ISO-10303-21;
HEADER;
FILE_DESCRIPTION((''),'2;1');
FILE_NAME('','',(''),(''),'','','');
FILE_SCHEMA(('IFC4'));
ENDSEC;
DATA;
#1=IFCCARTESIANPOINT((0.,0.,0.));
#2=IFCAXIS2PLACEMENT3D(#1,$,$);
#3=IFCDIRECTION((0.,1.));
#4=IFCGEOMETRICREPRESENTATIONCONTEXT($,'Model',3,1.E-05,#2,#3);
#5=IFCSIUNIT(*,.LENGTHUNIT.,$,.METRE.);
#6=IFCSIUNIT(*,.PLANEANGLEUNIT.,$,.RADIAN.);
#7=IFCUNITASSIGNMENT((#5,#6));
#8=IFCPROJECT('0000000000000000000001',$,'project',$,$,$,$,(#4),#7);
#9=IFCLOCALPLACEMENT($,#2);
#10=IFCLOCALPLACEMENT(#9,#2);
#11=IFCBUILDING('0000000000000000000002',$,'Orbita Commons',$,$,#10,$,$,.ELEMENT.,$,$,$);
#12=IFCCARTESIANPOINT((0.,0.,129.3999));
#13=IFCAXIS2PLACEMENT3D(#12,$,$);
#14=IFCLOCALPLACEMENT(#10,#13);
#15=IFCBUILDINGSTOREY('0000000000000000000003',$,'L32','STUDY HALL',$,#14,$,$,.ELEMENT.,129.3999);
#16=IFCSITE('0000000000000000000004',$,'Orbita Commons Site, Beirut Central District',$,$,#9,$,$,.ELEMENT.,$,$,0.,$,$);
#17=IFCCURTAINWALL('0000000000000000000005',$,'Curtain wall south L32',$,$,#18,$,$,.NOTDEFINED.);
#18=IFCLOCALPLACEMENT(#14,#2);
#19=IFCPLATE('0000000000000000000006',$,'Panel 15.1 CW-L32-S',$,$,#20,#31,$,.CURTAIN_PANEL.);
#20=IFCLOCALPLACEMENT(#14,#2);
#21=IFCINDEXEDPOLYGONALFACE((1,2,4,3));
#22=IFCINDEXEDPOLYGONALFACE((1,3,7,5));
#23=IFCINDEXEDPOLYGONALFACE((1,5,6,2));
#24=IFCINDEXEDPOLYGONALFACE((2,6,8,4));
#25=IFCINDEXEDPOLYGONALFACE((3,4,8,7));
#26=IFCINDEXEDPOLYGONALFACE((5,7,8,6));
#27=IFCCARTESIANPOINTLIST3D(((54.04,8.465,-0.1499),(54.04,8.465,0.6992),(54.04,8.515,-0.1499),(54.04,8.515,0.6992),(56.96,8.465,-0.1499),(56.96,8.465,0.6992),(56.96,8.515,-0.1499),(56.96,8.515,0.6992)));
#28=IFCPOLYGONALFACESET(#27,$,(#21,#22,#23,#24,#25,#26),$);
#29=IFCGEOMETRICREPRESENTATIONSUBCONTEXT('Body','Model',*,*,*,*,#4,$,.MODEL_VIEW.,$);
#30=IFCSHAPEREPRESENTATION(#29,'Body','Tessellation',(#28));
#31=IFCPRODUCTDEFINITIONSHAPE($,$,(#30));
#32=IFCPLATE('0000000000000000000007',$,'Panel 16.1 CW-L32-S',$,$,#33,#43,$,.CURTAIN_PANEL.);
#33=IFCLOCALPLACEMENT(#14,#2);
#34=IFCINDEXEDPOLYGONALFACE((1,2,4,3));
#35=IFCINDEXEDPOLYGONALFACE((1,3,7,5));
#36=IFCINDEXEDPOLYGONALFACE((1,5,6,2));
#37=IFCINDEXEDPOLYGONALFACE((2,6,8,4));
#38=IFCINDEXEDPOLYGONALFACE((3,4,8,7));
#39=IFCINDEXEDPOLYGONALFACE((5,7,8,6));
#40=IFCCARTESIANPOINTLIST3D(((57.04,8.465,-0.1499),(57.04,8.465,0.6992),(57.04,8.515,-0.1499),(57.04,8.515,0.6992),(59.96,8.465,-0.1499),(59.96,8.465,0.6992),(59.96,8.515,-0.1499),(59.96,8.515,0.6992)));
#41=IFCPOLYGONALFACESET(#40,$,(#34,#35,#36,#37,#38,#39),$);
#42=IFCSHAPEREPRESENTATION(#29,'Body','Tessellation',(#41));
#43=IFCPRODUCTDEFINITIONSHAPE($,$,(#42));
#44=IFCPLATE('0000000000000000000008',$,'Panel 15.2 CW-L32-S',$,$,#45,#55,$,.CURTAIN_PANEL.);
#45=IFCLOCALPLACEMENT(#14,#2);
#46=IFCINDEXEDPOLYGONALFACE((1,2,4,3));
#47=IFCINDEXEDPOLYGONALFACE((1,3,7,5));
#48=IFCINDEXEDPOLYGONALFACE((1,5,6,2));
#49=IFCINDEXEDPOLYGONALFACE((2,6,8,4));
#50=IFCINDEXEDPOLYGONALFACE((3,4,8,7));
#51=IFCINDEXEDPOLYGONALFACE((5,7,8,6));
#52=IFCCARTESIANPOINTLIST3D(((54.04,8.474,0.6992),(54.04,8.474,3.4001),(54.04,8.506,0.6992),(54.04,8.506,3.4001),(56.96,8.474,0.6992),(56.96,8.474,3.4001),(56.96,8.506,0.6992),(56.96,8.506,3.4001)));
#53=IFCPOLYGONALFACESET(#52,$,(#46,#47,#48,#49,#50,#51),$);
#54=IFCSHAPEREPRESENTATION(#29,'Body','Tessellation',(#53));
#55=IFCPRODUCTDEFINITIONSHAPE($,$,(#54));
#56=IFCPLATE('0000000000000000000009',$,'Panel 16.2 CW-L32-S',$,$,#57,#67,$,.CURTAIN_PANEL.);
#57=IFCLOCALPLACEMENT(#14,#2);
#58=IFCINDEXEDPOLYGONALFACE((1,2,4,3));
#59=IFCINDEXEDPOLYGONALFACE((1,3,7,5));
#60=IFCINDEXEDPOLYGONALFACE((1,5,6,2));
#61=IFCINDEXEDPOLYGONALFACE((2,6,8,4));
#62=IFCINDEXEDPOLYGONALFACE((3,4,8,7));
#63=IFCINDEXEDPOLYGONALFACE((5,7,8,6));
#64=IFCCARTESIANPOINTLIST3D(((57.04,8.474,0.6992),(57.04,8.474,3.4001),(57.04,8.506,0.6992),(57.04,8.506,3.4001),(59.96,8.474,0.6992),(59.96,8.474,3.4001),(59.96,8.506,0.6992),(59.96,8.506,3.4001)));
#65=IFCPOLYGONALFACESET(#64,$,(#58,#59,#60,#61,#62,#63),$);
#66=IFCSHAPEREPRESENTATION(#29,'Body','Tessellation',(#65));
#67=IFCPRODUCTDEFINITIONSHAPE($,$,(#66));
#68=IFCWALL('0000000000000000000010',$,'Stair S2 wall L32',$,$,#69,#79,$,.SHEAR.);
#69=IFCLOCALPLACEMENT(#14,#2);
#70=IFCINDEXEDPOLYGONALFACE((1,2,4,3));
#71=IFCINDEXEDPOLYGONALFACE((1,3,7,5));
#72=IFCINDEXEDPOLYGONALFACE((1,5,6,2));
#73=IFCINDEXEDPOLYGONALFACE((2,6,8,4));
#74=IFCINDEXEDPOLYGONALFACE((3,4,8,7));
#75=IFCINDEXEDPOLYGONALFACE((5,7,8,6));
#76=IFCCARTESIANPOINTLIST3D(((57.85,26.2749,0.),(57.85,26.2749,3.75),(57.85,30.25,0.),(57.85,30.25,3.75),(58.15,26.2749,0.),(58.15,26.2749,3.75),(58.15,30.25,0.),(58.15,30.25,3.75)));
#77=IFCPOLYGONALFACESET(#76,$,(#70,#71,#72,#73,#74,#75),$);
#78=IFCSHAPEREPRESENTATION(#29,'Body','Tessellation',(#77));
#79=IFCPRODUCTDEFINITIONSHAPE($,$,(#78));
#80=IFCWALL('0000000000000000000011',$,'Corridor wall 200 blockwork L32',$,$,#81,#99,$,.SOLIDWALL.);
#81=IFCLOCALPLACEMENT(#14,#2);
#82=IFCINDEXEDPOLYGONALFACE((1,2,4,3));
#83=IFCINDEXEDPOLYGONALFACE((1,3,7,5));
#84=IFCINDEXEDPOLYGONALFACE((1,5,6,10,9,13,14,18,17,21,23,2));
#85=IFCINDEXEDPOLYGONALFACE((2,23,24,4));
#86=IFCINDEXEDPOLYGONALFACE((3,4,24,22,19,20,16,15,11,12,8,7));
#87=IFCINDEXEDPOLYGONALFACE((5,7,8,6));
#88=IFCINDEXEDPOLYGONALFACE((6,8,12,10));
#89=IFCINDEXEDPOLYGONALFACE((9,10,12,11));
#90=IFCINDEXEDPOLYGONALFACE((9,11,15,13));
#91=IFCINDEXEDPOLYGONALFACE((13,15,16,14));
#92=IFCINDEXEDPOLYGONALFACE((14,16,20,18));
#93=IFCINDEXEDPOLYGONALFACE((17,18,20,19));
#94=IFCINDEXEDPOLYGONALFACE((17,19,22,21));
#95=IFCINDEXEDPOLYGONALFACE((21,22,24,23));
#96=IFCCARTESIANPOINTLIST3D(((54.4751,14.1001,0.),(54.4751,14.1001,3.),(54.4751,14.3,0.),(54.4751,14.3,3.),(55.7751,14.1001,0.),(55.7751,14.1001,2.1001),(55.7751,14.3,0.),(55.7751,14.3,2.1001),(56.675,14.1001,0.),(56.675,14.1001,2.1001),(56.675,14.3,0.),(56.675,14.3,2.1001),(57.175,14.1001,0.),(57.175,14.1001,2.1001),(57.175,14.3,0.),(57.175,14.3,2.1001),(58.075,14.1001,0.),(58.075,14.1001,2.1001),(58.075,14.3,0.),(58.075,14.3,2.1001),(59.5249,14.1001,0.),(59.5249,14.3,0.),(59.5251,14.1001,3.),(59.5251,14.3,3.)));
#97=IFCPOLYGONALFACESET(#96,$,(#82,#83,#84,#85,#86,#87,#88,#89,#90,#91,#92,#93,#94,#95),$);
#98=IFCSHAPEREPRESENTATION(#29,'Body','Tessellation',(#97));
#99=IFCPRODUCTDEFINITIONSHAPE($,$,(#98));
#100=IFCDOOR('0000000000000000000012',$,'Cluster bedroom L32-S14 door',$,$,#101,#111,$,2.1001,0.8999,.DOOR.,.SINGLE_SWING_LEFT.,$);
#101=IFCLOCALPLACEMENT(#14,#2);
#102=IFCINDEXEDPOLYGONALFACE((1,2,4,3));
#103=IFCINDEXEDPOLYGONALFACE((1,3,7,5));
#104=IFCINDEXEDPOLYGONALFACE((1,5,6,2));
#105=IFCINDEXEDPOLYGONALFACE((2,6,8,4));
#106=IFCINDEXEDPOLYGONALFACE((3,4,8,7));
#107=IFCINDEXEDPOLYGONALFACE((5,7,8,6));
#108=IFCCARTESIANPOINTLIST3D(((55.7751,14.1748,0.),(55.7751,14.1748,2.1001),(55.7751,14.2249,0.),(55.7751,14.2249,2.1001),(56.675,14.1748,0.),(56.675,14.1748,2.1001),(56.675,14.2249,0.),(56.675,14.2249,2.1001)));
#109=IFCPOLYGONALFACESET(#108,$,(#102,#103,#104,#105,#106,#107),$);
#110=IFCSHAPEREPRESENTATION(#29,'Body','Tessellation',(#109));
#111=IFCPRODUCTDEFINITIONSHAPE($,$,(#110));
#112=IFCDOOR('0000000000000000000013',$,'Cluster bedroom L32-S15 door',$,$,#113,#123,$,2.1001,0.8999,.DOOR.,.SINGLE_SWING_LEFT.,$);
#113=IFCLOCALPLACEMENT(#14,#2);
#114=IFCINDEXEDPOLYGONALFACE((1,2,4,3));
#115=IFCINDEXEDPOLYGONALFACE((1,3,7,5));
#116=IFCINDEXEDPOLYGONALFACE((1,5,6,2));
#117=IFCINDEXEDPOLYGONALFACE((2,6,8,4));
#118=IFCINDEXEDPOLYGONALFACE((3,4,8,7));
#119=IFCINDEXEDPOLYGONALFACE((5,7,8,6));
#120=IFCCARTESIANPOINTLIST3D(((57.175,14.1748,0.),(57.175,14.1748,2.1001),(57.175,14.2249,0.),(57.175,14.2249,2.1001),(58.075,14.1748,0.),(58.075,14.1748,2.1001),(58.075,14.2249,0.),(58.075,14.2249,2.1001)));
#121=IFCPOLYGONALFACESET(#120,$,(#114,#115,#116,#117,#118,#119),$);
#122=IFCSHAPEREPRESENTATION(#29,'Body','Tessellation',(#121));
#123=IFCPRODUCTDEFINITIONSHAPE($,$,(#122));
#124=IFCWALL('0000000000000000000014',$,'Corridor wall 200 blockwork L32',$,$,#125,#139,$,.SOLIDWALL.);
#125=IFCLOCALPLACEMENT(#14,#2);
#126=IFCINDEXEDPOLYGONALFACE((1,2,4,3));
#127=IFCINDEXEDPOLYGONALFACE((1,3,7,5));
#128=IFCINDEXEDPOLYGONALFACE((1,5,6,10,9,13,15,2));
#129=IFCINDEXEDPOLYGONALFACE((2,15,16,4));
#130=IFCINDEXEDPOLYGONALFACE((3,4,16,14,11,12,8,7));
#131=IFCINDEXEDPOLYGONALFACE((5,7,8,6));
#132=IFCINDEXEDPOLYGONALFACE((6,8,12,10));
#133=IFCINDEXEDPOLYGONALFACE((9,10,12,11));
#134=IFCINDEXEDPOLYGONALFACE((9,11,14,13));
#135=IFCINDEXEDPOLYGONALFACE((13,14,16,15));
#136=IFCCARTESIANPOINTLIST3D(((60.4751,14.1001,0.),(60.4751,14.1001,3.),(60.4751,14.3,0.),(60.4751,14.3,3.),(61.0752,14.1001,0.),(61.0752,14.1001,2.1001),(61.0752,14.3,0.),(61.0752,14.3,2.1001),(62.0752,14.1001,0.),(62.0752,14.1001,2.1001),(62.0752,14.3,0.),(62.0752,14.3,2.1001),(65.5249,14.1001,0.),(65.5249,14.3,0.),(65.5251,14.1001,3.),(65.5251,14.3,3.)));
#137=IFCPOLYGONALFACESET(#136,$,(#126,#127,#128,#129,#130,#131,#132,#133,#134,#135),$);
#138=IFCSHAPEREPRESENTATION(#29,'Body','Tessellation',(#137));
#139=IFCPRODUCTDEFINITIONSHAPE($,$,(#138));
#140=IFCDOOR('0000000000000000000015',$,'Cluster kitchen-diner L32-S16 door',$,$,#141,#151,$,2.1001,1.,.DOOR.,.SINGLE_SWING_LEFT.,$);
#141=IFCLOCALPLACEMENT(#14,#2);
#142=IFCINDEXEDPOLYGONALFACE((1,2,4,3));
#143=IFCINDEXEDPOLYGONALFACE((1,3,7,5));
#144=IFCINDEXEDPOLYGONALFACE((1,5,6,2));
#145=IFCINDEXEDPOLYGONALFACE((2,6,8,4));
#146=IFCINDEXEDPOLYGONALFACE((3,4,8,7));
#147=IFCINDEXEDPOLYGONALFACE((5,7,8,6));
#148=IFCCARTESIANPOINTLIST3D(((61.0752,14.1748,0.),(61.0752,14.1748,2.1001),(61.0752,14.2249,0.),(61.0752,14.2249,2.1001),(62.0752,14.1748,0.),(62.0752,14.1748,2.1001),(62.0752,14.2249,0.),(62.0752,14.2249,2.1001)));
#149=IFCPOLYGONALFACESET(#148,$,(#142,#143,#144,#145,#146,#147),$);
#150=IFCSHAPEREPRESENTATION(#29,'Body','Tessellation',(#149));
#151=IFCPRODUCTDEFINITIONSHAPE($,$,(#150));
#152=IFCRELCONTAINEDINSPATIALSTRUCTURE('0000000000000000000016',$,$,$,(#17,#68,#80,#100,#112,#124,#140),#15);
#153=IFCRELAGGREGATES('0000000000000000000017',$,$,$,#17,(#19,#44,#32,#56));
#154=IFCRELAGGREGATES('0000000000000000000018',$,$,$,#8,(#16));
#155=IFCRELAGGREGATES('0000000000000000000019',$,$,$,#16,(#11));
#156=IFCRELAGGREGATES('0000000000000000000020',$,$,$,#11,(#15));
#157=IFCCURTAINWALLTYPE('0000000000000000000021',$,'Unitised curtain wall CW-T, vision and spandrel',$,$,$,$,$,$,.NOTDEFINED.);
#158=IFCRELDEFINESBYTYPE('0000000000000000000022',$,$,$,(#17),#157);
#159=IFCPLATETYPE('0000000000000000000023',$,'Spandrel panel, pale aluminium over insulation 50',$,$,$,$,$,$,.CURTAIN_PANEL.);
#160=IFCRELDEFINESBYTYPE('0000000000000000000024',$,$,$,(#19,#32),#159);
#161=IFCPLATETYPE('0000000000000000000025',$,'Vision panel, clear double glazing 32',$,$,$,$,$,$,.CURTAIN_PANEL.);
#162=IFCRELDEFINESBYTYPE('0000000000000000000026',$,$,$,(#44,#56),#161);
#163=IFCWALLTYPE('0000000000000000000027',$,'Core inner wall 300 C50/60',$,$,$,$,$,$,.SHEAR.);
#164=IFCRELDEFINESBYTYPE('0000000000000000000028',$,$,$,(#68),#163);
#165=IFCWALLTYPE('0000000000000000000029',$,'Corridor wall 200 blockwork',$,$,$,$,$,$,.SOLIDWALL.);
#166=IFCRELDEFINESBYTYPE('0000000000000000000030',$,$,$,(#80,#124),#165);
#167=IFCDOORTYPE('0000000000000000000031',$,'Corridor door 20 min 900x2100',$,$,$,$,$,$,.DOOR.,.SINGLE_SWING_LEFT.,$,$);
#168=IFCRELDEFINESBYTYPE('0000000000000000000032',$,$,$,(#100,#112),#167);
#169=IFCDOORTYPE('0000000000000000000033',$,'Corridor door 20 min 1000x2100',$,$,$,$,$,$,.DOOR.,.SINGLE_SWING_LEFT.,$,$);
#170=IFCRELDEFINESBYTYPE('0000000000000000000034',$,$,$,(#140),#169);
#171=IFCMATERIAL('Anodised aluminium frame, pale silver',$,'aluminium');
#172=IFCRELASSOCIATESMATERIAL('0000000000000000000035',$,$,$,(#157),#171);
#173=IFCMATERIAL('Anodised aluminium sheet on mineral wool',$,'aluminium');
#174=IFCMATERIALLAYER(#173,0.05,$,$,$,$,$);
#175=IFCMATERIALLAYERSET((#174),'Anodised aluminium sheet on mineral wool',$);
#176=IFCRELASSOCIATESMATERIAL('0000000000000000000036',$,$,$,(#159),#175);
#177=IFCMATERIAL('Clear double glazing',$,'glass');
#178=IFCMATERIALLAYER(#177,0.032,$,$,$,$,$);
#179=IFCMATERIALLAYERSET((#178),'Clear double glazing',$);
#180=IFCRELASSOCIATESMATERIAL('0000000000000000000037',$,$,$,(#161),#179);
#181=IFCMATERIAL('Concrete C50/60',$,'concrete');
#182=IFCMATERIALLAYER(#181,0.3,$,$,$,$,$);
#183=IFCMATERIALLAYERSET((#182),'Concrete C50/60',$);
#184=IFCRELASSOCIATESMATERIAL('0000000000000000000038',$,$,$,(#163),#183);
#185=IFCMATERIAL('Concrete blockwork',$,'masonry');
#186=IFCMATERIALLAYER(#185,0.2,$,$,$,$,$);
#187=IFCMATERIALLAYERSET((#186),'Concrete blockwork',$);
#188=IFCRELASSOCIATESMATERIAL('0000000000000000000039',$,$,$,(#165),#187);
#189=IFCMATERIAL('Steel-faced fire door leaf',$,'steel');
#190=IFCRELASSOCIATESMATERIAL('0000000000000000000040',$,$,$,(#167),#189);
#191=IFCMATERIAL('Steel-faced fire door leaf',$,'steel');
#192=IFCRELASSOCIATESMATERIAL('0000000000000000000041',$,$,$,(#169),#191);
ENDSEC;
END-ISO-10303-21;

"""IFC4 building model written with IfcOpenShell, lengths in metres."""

from ifc_helpers import new_model, si_unit, direction, frame, frame_2d, origin, origin_2d, place, context, subcontext, project, spatial, polyline, rectangle, outline, extrude, material, layer, layer_set, type_object, element, fill, aggregate, save


model = new_model("IFC4")

# Units and contexts
model_context = context("Model", 3, precision=1e-05, world=origin(), true_north=direction((0.0, 1.0)))
body_context = subcontext(model_context, "Body", "Model", "MODEL_VIEW")
ifc_project = project(units=[si_unit("LENGTHUNIT", "METRE"), si_unit("PLANEANGLEUNIT", "RADIAN")], contexts=[model_context])

# Site, building, storey
site_placement = place(None, origin())
site = spatial("IfcSite", under=ifc_project, at=site_placement, Name="Orbita Commons Site, Beirut Central District", CompositionType="ELEMENT", RefElevation=0.0)
building_placement = place(site_placement, origin())
building = spatial("IfcBuilding", under=site, at=building_placement, Name="Orbita Commons", CompositionType="ELEMENT")
storey_placement = place(building_placement, frame((0.0, 0.0, 129.3999)))
storey = spatial("IfcBuildingStorey", under=building, at=storey_placement, Name="L32", Description="STUDY HALL", CompositionType="ELEMENT", Elevation=129.3999)

# Curtain wall
ifc_material_1 = material(Name="Anodised aluminium frame, pale silver", Category="aluminium")
curtain_wall_type = type_object("IfcCurtainWallType", Name="Unitised curtain wall CW-T, vision and spandrel", PredefinedType="NOTDEFINED", material=ifc_material_1)
curtain_wall_placement = place(storey_placement, origin())
curtain_wall = element("IfcCurtainWall", 1, at=curtain_wall_placement, inside=storey, type_object=curtain_wall_type, Name="Curtain wall south L32", PredefinedType="NOTDEFINED")

# Plates
ifc_material_2 = material(Name="Anodised aluminium sheet on mineral wool", Category="aluminium")
ifc_layer_1 = layer(ifc_material_2, 0.05)
ifc_layer_set_1 = layer_set([ifc_layer_1], Name="Anodised aluminium sheet on mineral wool")
plate_type_1 = type_object("IfcPlateType", Name="Spandrel panel, pale aluminium over insulation 50", PredefinedType="CURTAIN_PANEL", material=ifc_layer_set_1)
plate_1_placement = place(storey_placement, frame((55.5, 8.49, -0.1499), z_axis=(0.0, 0.0, 1.0), x_axis=(1.0, 0.0, 0.0)))
plate_1 = element("IfcPlate", 2, at=plate_1_placement, type_object=plate_type_1, Name="Panel 15.1 CW-L32-S", PredefinedType="CURTAIN_PANEL", context=body_context, shape_type="SweptSolid", body=[
    extrude(rectangle(XDim=2.9199, YDim=0.05, at=origin_2d()), origin(), (0.0, 0.0, 1.0), 0.8491),
])
plate_2_placement = place(storey_placement, frame((58.5, 8.49, -0.1499), z_axis=(0.0, 0.0, 1.0), x_axis=(1.0, 0.0, 0.0)))
plate_2 = element("IfcPlate", 3, at=plate_2_placement, type_object=plate_type_1, Name="Panel 16.1 CW-L32-S", PredefinedType="CURTAIN_PANEL", context=body_context, shape_type="SweptSolid", body=[
    extrude(rectangle(XDim=2.9199, YDim=0.05, at=origin_2d()), origin(), (0.0, 0.0, 1.0), 0.8491),
])
ifc_material_3 = material(Name="Clear double glazing", Category="glass")
ifc_layer_2 = layer(ifc_material_3, 0.032)
ifc_layer_set_2 = layer_set([ifc_layer_2], Name="Clear double glazing")
plate_type_2 = type_object("IfcPlateType", Name="Vision panel, clear double glazing 32", PredefinedType="CURTAIN_PANEL", material=ifc_layer_set_2)
plate_3_placement = place(storey_placement, frame((55.5, 8.49, 0.6992), z_axis=(0.0, 0.0, 1.0), x_axis=(1.0, 0.0, 0.0)))
plate_3 = element("IfcPlate", 4, at=plate_3_placement, type_object=plate_type_2, Name="Panel 15.2 CW-L32-S", PredefinedType="CURTAIN_PANEL", context=body_context, shape_type="SweptSolid", body=[
    extrude(rectangle(XDim=2.9199, YDim=0.032, at=origin_2d()), origin(), (0.0, 0.0, 1.0), 2.7009),
])
plate_4_placement = place(storey_placement, frame((58.5, 8.49, 0.6992), z_axis=(0.0, 0.0, 1.0), x_axis=(1.0, 0.0, 0.0)))
plate_4 = element("IfcPlate", 5, at=plate_4_placement, type_object=plate_type_2, Name="Panel 16.2 CW-L32-S", PredefinedType="CURTAIN_PANEL", context=body_context, shape_type="SweptSolid", body=[
    extrude(rectangle(XDim=2.9199, YDim=0.032, at=origin_2d()), origin(), (0.0, 0.0, 1.0), 2.7009),
])
aggregate(curtain_wall, [plate_1, plate_3, plate_2, plate_4])

# Wall
ifc_material_4 = material(Name="Concrete C50/60", Category="concrete")
ifc_layer_3 = layer(ifc_material_4, 0.3)
ifc_layer_set_3 = layer_set([ifc_layer_3], Name="Concrete C50/60")
wall_type_1 = type_object("IfcWallType", Name="Core inner wall 300 C50/60", PredefinedType="SHEAR", material=ifc_layer_set_3)
wall_1_placement = place(storey_placement, frame((58.0, 26.2749, 0.0), z_axis=(0.0, 0.0, 1.0), x_axis=(0.0, 1.0, 0.0)))
element("IfcWall", 6, at=wall_1_placement, inside=storey, type_object=wall_type_1, Name="Stair S2 wall L32", PredefinedType="SHEAR", context=body_context, shape_type="SweptSolid", body=[
    extrude(rectangle(XDim=3.9751, YDim=0.3, at=frame_2d((1.9875, 0.0))), origin(), (0.0, 0.0, 1.0), 3.75),
])

# Wall, openings, doors
ifc_material_5 = material(Name="Concrete blockwork", Category="masonry")
ifc_layer_4 = layer(ifc_material_5, 0.2)
ifc_layer_set_4 = layer_set([ifc_layer_4], Name="Concrete blockwork")
wall_type_2 = type_object("IfcWallType", Name="Corridor wall 200 blockwork", PredefinedType="SOLIDWALL", material=ifc_layer_set_4)
wall_2_placement = place(storey_placement, frame((54.4751, 14.2, 0.0), z_axis=(0.0, 0.0, 1.0), x_axis=(1.0, 0.0, 0.0)))
wall_2 = element("IfcWall", 7, at=wall_2_placement, inside=storey, type_object=wall_type_2, Name="Corridor wall 200 blockwork L32", PredefinedType="SOLIDWALL", context=body_context, shape_type="SweptSolid", body=[
    extrude(outline(polyline([(0.0, 0.0), (5.0498, 0.0), (5.05, 3.0), (0.0, 3.0), (0.0, 0.0)])), frame((0.0, 0.1001, 0.0), z_axis=(0.0, -1.0, 0.0), x_axis=(1.0, 0.0, 0.0)), (0.0, 0.0, 1.0), 0.2),
])
opening_1_placement = place(wall_2_placement, frame((1.3, 0.0, 0.0)))
opening_1 = element("IfcOpeningElement", 8, at=opening_1_placement, cuts=wall_2, PredefinedType="OPENING", context=body_context, shape_type="SweptSolid", body=[
    extrude(rectangle(XDim=0.8999, YDim=2.1001, at=frame_2d((0.45, 1.05))), frame((0.0, 0.1099, 0.0), z_axis=(0.0, -1.0, 0.0), x_axis=(1.0, 0.0, 0.0)), (0.0, 0.0, 1.0), 0.22),
])
opening_2_placement = place(wall_2_placement, frame((2.7, 0.0, 0.0)))
opening_2 = element("IfcOpeningElement", 9, at=opening_2_placement, cuts=wall_2, PredefinedType="OPENING", context=body_context, shape_type="SweptSolid", body=[
    extrude(rectangle(XDim=0.8999, YDim=2.1001, at=frame_2d((0.45, 1.05))), frame((0.0, 0.1099, 0.0), z_axis=(0.0, -1.0, 0.0), x_axis=(1.0, 0.0, 0.0)), (0.0, 0.0, 1.0), 0.22),
])
ifc_material_6 = material(Name="Steel-faced fire door leaf", Category="steel")
door_type_1 = type_object("IfcDoorType", Name="Corridor door 20 min 900x2100", OperationType="SINGLE_SWING_LEFT", PredefinedType="DOOR", material=ifc_material_6)
door_1_placement = place(opening_1_placement, origin())
door_1 = element("IfcDoor", 10, at=door_1_placement, inside=storey, type_object=door_type_1, Name="Cluster bedroom L32-S14 door", OperationType="SINGLE_SWING_LEFT", OverallHeight=2.1001, OverallWidth=0.8999, PredefinedType="DOOR", context=body_context, shape_type="SweptSolid", body=[
    extrude(rectangle(XDim=0.8999, YDim=2.1001, at=frame_2d((0.45, 1.05))), frame((0.0, 0.0249, 0.0), z_axis=(0.0, -1.0, 0.0), x_axis=(1.0, 0.0, 0.0)), (0.0, 0.0, 1.0), 0.05),
])
fill(opening_1, door_1)
door_2_placement = place(opening_2_placement, origin())
door_2 = element("IfcDoor", 11, at=door_2_placement, inside=storey, type_object=door_type_1, Name="Cluster bedroom L32-S15 door", OperationType="SINGLE_SWING_LEFT", OverallHeight=2.1001, OverallWidth=0.8999, PredefinedType="DOOR", context=body_context, shape_type="SweptSolid", body=[
    extrude(rectangle(XDim=0.8999, YDim=2.1001, at=frame_2d((0.45, 1.05))), frame((0.0, 0.0249, 0.0), z_axis=(0.0, -1.0, 0.0), x_axis=(1.0, 0.0, 0.0)), (0.0, 0.0, 1.0), 0.05),
])
fill(opening_2, door_2)

# Wall, opening, door
wall_3_placement = place(storey_placement, frame((60.4751, 14.2, 0.0), z_axis=(0.0, 0.0, 1.0), x_axis=(1.0, 0.0, 0.0)))
wall_3 = element("IfcWall", 12, at=wall_3_placement, inside=storey, type_object=wall_type_2, Name="Corridor wall 200 blockwork L32", PredefinedType="SOLIDWALL", context=body_context, shape_type="SweptSolid", body=[
    extrude(outline(polyline([(0.0, 0.0), (5.0498, 0.0), (5.05, 3.0), (0.0, 3.0), (0.0, 0.0)])), frame((0.0, 0.1001, 0.0), z_axis=(0.0, -1.0, 0.0), x_axis=(1.0, 0.0, 0.0)), (0.0, 0.0, 1.0), 0.2),
])
opening_3_placement = place(wall_3_placement, frame((0.6001, 0.0, 0.0)))
opening_3 = element("IfcOpeningElement", 13, at=opening_3_placement, cuts=wall_3, PredefinedType="OPENING", context=body_context, shape_type="SweptSolid", body=[
    extrude(rectangle(XDim=1.0, YDim=2.1001, at=frame_2d((0.5, 1.05))), frame((0.0, 0.1099, 0.0), z_axis=(0.0, -1.0, 0.0), x_axis=(1.0, 0.0, 0.0)), (0.0, 0.0, 1.0), 0.22),
])
ifc_material_7 = material(Name="Steel-faced fire door leaf", Category="steel")
door_type_2 = type_object("IfcDoorType", Name="Corridor door 20 min 1000x2100", OperationType="SINGLE_SWING_LEFT", PredefinedType="DOOR", material=ifc_material_7)
door_3_placement = place(opening_3_placement, origin())
door_3 = element("IfcDoor", 14, at=door_3_placement, inside=storey, type_object=door_type_2, Name="Cluster kitchen-diner L32-S16 door", OperationType="SINGLE_SWING_LEFT", OverallHeight=2.1001, OverallWidth=1.0, PredefinedType="DOOR", context=body_context, shape_type="SweptSolid", body=[
    extrude(rectangle(XDim=1.0, YDim=2.1001, at=frame_2d((0.5, 1.05))), frame((0.0, 0.0249, 0.0), z_axis=(0.0, -1.0, 0.0), x_axis=(1.0, 0.0, 0.0)), (0.0, 0.0, 1.0), 0.05),
])
fill(opening_3, door_3)

save(model, "model.ifc")
